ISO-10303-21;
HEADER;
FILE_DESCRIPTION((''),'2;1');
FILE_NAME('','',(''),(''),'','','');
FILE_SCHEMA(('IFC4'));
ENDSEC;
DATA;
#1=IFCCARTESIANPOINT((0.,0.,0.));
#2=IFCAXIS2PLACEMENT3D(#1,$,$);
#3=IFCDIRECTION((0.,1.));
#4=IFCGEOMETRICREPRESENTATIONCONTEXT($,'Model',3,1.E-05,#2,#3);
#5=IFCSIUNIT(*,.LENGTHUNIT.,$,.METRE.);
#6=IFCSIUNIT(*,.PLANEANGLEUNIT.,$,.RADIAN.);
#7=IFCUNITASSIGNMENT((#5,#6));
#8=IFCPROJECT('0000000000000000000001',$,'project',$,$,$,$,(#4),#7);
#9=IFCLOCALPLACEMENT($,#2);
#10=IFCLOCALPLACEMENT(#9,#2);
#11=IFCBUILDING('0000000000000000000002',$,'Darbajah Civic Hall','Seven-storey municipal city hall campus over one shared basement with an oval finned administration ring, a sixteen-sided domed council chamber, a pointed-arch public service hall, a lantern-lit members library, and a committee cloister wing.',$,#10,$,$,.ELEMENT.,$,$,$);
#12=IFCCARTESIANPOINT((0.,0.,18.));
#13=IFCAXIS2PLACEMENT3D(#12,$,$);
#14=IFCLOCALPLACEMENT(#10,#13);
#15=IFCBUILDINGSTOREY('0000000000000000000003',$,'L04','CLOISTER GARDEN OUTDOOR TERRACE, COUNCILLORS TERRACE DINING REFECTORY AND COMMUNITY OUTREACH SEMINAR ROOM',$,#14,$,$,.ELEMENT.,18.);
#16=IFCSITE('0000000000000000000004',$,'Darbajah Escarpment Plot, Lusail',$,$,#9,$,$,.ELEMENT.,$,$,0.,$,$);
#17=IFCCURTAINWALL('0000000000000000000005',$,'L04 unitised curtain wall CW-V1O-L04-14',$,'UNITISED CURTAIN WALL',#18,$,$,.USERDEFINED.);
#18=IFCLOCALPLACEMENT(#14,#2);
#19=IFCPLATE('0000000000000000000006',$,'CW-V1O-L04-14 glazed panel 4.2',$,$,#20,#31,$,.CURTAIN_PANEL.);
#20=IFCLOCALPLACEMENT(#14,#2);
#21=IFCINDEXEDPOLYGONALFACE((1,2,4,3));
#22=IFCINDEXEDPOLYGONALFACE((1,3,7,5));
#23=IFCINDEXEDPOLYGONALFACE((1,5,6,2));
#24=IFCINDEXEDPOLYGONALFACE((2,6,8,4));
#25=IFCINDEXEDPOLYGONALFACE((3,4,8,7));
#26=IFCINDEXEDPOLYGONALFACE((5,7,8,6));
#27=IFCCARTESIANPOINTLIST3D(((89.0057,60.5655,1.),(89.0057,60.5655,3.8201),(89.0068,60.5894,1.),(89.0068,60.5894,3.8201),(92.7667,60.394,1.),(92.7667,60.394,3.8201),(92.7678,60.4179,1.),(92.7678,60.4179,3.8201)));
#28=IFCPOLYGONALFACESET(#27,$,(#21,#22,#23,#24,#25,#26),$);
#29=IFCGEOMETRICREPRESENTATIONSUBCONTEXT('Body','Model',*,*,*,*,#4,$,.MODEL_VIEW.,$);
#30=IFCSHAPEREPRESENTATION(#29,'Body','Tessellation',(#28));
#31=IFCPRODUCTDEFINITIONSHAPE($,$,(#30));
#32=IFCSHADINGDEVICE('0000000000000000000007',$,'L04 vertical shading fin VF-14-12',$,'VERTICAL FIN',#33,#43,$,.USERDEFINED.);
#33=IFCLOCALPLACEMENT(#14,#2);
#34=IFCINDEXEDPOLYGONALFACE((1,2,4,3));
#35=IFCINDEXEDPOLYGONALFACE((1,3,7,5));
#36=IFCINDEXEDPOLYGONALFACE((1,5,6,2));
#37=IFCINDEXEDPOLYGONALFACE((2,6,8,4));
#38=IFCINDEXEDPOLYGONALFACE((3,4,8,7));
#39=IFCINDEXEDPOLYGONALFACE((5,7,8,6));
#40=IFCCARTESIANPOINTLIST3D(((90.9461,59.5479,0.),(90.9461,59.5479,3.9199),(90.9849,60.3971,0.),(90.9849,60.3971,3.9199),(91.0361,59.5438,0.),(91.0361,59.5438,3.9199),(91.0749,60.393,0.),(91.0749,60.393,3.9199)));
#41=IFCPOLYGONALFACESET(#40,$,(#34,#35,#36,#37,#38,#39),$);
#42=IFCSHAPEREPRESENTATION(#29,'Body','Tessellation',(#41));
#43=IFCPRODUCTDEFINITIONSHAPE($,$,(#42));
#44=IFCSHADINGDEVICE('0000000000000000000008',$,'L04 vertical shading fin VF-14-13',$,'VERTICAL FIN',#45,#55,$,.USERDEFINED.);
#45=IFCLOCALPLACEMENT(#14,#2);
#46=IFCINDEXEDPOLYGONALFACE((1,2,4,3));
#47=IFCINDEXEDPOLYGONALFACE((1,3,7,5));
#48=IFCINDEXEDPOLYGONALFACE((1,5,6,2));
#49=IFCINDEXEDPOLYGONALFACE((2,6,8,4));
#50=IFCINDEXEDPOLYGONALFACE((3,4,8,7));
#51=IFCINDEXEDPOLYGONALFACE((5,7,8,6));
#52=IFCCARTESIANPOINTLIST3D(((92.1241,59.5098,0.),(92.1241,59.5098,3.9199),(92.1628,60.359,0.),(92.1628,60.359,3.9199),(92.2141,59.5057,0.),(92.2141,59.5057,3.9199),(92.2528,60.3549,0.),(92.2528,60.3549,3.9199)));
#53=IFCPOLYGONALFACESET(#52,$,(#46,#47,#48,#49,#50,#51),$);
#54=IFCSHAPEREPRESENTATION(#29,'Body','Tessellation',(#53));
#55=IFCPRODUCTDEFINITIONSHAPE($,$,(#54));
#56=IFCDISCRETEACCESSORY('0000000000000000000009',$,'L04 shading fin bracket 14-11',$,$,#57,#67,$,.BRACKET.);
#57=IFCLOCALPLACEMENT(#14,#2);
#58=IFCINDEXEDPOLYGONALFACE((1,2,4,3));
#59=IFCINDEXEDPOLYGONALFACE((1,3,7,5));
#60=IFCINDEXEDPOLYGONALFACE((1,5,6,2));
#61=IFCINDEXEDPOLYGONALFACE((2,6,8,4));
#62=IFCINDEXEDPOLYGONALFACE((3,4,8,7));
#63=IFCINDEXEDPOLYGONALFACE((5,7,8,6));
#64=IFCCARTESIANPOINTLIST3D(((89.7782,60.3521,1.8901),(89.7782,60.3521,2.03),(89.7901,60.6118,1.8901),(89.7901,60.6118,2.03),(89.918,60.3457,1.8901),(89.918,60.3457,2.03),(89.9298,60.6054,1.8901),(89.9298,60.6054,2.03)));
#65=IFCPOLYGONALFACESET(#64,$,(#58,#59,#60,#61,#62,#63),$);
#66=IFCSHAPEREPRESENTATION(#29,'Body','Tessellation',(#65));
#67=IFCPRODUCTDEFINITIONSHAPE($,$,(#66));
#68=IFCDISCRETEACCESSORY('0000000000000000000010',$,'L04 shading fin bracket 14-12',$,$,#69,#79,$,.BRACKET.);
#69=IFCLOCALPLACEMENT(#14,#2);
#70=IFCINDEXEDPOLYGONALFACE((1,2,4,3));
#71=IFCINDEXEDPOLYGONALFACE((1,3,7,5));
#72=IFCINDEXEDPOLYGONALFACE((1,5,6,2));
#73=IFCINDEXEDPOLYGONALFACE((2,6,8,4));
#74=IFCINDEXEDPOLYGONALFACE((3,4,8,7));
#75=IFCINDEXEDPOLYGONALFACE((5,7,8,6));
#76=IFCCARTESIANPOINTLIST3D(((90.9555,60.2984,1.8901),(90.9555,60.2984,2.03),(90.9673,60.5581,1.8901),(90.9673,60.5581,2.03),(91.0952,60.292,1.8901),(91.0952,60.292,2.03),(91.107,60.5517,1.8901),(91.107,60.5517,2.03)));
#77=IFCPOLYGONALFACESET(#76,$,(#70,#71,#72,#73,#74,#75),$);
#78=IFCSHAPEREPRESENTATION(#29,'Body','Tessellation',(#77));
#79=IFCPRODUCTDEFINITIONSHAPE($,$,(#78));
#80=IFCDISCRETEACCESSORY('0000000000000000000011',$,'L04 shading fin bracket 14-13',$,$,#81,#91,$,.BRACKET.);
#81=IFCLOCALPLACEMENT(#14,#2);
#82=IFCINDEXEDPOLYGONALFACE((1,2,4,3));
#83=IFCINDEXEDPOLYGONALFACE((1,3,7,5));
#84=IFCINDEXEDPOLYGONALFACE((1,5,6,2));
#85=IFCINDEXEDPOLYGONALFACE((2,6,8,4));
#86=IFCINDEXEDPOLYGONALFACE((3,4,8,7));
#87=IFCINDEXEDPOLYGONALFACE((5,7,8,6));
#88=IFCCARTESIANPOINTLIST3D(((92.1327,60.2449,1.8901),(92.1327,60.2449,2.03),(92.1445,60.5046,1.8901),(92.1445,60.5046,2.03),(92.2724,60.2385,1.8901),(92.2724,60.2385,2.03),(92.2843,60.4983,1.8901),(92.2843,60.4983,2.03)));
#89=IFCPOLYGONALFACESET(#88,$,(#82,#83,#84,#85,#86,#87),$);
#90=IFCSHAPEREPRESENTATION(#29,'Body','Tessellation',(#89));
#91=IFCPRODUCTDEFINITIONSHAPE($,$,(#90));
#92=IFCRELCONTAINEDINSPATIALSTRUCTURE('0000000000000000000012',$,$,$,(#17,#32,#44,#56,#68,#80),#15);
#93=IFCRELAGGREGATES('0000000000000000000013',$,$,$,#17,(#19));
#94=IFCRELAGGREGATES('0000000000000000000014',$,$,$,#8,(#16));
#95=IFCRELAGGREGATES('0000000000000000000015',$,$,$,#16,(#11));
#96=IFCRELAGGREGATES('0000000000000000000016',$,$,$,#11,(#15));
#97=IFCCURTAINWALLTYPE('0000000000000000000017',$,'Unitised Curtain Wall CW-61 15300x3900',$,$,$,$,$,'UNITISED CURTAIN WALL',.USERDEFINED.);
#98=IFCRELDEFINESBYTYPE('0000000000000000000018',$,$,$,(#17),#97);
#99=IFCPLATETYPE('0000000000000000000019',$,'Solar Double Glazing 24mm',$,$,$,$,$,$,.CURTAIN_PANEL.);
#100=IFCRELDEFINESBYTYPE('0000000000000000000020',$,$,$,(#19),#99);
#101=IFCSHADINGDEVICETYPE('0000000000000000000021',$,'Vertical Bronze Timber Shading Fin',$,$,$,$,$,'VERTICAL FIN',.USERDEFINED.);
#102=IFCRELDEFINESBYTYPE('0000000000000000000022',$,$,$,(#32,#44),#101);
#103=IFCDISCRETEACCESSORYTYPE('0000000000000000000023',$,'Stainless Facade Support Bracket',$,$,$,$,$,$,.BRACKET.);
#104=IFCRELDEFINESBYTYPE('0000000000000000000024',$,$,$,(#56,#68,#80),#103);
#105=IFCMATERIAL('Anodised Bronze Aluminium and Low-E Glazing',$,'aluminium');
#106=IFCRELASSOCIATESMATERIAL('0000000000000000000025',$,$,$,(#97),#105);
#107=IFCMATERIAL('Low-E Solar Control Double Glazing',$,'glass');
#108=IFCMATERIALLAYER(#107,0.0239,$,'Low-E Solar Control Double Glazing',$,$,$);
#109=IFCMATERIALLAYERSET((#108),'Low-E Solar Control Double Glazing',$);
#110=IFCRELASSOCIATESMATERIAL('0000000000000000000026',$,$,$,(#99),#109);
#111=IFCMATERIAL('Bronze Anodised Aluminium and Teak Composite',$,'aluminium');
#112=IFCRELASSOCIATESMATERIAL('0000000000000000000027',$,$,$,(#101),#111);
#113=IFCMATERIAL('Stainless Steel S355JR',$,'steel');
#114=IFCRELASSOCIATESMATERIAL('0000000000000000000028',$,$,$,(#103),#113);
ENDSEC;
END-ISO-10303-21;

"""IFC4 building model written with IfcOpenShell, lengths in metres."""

from ifc_helpers import new_model, si_unit, direction, frame, origin, origin_2d, place, context, subcontext, project, spatial, rectangle, extrude, material, layer, layer_set, type_object, element, aggregate, save


model = new_model("IFC4")

# Units and contexts
model_context = context("Model", 3, precision=1e-05, world=origin(), true_north=direction((0.0, 1.0)))
body_context = subcontext(model_context, "Body", "Model", "MODEL_VIEW")
ifc_project = project(units=[si_unit("LENGTHUNIT", "METRE"), si_unit("PLANEANGLEUNIT", "RADIAN")], contexts=[model_context])

# Site, building, storey
site_placement = place(None, origin())
site = spatial("IfcSite", under=ifc_project, at=site_placement, Name="Darbajah Escarpment Plot, Lusail", CompositionType="ELEMENT", RefElevation=0.0)
building_placement = place(site_placement, origin())
building = spatial("IfcBuilding", under=site, at=building_placement, Name="Darbajah Civic Hall", Description="Seven-storey municipal city hall campus over one shared basement with an oval finned administration ring, a sixteen-sided domed council chamber, a pointed-arch public service hall, a lantern-lit members library, and a committee cloister wing.", CompositionType="ELEMENT")
storey_placement = place(building_placement, frame((0.0, 0.0, 18.0)))
storey = spatial("IfcBuildingStorey", under=building, at=storey_placement, Name="L04", Description="CLOISTER GARDEN OUTDOOR TERRACE, COUNCILLORS TERRACE DINING REFECTORY AND COMMUNITY OUTREACH SEMINAR ROOM", CompositionType="ELEMENT", Elevation=18.0)

# Curtain wall
ifc_material_1 = material(Name="Anodised Bronze Aluminium and Low-E Glazing", Category="aluminium")
curtain_wall_type_1 = type_object("IfcCurtainWallType", Name="Unitised Curtain Wall CW-61 15300x3900", ElementType="UNITISED CURTAIN WALL", PredefinedType="USERDEFINED", material=ifc_material_1)
curtain_wall_1_placement = place(storey_placement, origin())
curtain_wall_1 = element("IfcCurtainWall", 1, at=curtain_wall_1_placement, inside=storey, type_object=curtain_wall_type_1, Name="L04 unitised curtain wall CW-V1O-L04-14", ObjectType="UNITISED CURTAIN WALL", PredefinedType="USERDEFINED")

# Plate
ifc_material_2 = material(Name="Low-E Solar Control Double Glazing", Category="glass")
ifc_layer = layer(ifc_material_2, 0.0239, Name="Low-E Solar Control Double Glazing")
ifc_layer_set = layer_set([ifc_layer], Name="Low-E Solar Control Double Glazing")
plate_type = type_object("IfcPlateType", Name="Solar Double Glazing 24mm", PredefinedType="CURTAIN_PANEL", material=ifc_layer_set)
plate_1_placement = place(storey_placement, frame((90.8867, 60.4917, 1.0), z_axis=(0.0, 0.0, 1.0), x_axis=(0.998963, -0.045537, 0.0)))
plate_1 = element("IfcPlate", 2, at=plate_1_placement, type_object=plate_type, Name="CW-V1O-L04-14 glazed panel 4.2", PredefinedType="CURTAIN_PANEL", context=body_context, shape_type="SweptSolid", body=[
    extrude(rectangle(XDim=3.7649, YDim=0.0239, at=origin_2d()), origin(), (0.0, 0.0, 1.0), 2.8201),
])
aggregate(curtain_wall_1, [plate_1])

# Shading devices
ifc_material_3 = material(Name="Bronze Anodised Aluminium and Teak Composite", Category="aluminium")
shading_device_type = type_object("IfcShadingDeviceType", Name="Vertical Bronze Timber Shading Fin", ElementType="VERTICAL FIN", PredefinedType="USERDEFINED", material=ifc_material_3)
for number, where, z_axis, x_axis, name in (
    (3, (91.0105, 59.9705, 0.0), (0.0, 0.0, 1.0), (-0.045537, -0.998963, 0.0), "L04 vertical shading fin VF-14-12"),
    (4, (92.1885, 59.9324, 0.0), (0.0, 0.0, 1.0), (-0.045537, -0.998963, 0.0), "L04 vertical shading fin VF-14-13"),
):
    element("IfcShadingDevice", number, at=place(storey_placement, frame(where, z_axis=z_axis, x_axis=x_axis)), inside=storey, type_object=shading_device_type, Name=name, ObjectType="VERTICAL FIN", PredefinedType="USERDEFINED", context=body_context, shape_type="SweptSolid", body=[
        extrude(rectangle(XDim=0.8501, YDim=0.0901, at=origin_2d()), origin(), (0.0, 0.0, 1.0), 3.9199),
    ])

# Discrete accessories
ifc_material_4 = material(Name="Stainless Steel S355JR", Category="steel")
discrete_accessory_type = type_object("IfcDiscreteAccessoryType", Name="Stainless Facade Support Bracket", PredefinedType="BRACKET", material=ifc_material_4)
for number, where, z_axis, x_axis, name in (
    (5, (89.854, 60.4788, 1.8901), (0.0, 0.0, 1.0), (-0.045537, -0.998963, 0.0), "L04 shading fin bracket 14-11"),
    (6, (91.0312, 60.425, 1.8901), (0.0, 0.0, 1.0), (-0.045537, -0.998963, 0.0), "L04 shading fin bracket 14-12"),
    (7, (92.2085, 60.3716, 1.8901), (0.0, 0.0, 1.0), (-0.045537, -0.998963, 0.0), "L04 shading fin bracket 14-13"),
):
    element("IfcDiscreteAccessory", number, at=place(storey_placement, frame(where, z_axis=z_axis, x_axis=x_axis)), inside=storey, type_object=discrete_accessory_type, Name=name, PredefinedType="BRACKET", context=body_context, shape_type="SweptSolid", body=[
        extrude(rectangle(XDim=0.26, YDim=0.1399, at=origin_2d()), origin(), (0.0, 0.0, 1.0), 0.1399),
    ])

save(model, "model.ifc")
